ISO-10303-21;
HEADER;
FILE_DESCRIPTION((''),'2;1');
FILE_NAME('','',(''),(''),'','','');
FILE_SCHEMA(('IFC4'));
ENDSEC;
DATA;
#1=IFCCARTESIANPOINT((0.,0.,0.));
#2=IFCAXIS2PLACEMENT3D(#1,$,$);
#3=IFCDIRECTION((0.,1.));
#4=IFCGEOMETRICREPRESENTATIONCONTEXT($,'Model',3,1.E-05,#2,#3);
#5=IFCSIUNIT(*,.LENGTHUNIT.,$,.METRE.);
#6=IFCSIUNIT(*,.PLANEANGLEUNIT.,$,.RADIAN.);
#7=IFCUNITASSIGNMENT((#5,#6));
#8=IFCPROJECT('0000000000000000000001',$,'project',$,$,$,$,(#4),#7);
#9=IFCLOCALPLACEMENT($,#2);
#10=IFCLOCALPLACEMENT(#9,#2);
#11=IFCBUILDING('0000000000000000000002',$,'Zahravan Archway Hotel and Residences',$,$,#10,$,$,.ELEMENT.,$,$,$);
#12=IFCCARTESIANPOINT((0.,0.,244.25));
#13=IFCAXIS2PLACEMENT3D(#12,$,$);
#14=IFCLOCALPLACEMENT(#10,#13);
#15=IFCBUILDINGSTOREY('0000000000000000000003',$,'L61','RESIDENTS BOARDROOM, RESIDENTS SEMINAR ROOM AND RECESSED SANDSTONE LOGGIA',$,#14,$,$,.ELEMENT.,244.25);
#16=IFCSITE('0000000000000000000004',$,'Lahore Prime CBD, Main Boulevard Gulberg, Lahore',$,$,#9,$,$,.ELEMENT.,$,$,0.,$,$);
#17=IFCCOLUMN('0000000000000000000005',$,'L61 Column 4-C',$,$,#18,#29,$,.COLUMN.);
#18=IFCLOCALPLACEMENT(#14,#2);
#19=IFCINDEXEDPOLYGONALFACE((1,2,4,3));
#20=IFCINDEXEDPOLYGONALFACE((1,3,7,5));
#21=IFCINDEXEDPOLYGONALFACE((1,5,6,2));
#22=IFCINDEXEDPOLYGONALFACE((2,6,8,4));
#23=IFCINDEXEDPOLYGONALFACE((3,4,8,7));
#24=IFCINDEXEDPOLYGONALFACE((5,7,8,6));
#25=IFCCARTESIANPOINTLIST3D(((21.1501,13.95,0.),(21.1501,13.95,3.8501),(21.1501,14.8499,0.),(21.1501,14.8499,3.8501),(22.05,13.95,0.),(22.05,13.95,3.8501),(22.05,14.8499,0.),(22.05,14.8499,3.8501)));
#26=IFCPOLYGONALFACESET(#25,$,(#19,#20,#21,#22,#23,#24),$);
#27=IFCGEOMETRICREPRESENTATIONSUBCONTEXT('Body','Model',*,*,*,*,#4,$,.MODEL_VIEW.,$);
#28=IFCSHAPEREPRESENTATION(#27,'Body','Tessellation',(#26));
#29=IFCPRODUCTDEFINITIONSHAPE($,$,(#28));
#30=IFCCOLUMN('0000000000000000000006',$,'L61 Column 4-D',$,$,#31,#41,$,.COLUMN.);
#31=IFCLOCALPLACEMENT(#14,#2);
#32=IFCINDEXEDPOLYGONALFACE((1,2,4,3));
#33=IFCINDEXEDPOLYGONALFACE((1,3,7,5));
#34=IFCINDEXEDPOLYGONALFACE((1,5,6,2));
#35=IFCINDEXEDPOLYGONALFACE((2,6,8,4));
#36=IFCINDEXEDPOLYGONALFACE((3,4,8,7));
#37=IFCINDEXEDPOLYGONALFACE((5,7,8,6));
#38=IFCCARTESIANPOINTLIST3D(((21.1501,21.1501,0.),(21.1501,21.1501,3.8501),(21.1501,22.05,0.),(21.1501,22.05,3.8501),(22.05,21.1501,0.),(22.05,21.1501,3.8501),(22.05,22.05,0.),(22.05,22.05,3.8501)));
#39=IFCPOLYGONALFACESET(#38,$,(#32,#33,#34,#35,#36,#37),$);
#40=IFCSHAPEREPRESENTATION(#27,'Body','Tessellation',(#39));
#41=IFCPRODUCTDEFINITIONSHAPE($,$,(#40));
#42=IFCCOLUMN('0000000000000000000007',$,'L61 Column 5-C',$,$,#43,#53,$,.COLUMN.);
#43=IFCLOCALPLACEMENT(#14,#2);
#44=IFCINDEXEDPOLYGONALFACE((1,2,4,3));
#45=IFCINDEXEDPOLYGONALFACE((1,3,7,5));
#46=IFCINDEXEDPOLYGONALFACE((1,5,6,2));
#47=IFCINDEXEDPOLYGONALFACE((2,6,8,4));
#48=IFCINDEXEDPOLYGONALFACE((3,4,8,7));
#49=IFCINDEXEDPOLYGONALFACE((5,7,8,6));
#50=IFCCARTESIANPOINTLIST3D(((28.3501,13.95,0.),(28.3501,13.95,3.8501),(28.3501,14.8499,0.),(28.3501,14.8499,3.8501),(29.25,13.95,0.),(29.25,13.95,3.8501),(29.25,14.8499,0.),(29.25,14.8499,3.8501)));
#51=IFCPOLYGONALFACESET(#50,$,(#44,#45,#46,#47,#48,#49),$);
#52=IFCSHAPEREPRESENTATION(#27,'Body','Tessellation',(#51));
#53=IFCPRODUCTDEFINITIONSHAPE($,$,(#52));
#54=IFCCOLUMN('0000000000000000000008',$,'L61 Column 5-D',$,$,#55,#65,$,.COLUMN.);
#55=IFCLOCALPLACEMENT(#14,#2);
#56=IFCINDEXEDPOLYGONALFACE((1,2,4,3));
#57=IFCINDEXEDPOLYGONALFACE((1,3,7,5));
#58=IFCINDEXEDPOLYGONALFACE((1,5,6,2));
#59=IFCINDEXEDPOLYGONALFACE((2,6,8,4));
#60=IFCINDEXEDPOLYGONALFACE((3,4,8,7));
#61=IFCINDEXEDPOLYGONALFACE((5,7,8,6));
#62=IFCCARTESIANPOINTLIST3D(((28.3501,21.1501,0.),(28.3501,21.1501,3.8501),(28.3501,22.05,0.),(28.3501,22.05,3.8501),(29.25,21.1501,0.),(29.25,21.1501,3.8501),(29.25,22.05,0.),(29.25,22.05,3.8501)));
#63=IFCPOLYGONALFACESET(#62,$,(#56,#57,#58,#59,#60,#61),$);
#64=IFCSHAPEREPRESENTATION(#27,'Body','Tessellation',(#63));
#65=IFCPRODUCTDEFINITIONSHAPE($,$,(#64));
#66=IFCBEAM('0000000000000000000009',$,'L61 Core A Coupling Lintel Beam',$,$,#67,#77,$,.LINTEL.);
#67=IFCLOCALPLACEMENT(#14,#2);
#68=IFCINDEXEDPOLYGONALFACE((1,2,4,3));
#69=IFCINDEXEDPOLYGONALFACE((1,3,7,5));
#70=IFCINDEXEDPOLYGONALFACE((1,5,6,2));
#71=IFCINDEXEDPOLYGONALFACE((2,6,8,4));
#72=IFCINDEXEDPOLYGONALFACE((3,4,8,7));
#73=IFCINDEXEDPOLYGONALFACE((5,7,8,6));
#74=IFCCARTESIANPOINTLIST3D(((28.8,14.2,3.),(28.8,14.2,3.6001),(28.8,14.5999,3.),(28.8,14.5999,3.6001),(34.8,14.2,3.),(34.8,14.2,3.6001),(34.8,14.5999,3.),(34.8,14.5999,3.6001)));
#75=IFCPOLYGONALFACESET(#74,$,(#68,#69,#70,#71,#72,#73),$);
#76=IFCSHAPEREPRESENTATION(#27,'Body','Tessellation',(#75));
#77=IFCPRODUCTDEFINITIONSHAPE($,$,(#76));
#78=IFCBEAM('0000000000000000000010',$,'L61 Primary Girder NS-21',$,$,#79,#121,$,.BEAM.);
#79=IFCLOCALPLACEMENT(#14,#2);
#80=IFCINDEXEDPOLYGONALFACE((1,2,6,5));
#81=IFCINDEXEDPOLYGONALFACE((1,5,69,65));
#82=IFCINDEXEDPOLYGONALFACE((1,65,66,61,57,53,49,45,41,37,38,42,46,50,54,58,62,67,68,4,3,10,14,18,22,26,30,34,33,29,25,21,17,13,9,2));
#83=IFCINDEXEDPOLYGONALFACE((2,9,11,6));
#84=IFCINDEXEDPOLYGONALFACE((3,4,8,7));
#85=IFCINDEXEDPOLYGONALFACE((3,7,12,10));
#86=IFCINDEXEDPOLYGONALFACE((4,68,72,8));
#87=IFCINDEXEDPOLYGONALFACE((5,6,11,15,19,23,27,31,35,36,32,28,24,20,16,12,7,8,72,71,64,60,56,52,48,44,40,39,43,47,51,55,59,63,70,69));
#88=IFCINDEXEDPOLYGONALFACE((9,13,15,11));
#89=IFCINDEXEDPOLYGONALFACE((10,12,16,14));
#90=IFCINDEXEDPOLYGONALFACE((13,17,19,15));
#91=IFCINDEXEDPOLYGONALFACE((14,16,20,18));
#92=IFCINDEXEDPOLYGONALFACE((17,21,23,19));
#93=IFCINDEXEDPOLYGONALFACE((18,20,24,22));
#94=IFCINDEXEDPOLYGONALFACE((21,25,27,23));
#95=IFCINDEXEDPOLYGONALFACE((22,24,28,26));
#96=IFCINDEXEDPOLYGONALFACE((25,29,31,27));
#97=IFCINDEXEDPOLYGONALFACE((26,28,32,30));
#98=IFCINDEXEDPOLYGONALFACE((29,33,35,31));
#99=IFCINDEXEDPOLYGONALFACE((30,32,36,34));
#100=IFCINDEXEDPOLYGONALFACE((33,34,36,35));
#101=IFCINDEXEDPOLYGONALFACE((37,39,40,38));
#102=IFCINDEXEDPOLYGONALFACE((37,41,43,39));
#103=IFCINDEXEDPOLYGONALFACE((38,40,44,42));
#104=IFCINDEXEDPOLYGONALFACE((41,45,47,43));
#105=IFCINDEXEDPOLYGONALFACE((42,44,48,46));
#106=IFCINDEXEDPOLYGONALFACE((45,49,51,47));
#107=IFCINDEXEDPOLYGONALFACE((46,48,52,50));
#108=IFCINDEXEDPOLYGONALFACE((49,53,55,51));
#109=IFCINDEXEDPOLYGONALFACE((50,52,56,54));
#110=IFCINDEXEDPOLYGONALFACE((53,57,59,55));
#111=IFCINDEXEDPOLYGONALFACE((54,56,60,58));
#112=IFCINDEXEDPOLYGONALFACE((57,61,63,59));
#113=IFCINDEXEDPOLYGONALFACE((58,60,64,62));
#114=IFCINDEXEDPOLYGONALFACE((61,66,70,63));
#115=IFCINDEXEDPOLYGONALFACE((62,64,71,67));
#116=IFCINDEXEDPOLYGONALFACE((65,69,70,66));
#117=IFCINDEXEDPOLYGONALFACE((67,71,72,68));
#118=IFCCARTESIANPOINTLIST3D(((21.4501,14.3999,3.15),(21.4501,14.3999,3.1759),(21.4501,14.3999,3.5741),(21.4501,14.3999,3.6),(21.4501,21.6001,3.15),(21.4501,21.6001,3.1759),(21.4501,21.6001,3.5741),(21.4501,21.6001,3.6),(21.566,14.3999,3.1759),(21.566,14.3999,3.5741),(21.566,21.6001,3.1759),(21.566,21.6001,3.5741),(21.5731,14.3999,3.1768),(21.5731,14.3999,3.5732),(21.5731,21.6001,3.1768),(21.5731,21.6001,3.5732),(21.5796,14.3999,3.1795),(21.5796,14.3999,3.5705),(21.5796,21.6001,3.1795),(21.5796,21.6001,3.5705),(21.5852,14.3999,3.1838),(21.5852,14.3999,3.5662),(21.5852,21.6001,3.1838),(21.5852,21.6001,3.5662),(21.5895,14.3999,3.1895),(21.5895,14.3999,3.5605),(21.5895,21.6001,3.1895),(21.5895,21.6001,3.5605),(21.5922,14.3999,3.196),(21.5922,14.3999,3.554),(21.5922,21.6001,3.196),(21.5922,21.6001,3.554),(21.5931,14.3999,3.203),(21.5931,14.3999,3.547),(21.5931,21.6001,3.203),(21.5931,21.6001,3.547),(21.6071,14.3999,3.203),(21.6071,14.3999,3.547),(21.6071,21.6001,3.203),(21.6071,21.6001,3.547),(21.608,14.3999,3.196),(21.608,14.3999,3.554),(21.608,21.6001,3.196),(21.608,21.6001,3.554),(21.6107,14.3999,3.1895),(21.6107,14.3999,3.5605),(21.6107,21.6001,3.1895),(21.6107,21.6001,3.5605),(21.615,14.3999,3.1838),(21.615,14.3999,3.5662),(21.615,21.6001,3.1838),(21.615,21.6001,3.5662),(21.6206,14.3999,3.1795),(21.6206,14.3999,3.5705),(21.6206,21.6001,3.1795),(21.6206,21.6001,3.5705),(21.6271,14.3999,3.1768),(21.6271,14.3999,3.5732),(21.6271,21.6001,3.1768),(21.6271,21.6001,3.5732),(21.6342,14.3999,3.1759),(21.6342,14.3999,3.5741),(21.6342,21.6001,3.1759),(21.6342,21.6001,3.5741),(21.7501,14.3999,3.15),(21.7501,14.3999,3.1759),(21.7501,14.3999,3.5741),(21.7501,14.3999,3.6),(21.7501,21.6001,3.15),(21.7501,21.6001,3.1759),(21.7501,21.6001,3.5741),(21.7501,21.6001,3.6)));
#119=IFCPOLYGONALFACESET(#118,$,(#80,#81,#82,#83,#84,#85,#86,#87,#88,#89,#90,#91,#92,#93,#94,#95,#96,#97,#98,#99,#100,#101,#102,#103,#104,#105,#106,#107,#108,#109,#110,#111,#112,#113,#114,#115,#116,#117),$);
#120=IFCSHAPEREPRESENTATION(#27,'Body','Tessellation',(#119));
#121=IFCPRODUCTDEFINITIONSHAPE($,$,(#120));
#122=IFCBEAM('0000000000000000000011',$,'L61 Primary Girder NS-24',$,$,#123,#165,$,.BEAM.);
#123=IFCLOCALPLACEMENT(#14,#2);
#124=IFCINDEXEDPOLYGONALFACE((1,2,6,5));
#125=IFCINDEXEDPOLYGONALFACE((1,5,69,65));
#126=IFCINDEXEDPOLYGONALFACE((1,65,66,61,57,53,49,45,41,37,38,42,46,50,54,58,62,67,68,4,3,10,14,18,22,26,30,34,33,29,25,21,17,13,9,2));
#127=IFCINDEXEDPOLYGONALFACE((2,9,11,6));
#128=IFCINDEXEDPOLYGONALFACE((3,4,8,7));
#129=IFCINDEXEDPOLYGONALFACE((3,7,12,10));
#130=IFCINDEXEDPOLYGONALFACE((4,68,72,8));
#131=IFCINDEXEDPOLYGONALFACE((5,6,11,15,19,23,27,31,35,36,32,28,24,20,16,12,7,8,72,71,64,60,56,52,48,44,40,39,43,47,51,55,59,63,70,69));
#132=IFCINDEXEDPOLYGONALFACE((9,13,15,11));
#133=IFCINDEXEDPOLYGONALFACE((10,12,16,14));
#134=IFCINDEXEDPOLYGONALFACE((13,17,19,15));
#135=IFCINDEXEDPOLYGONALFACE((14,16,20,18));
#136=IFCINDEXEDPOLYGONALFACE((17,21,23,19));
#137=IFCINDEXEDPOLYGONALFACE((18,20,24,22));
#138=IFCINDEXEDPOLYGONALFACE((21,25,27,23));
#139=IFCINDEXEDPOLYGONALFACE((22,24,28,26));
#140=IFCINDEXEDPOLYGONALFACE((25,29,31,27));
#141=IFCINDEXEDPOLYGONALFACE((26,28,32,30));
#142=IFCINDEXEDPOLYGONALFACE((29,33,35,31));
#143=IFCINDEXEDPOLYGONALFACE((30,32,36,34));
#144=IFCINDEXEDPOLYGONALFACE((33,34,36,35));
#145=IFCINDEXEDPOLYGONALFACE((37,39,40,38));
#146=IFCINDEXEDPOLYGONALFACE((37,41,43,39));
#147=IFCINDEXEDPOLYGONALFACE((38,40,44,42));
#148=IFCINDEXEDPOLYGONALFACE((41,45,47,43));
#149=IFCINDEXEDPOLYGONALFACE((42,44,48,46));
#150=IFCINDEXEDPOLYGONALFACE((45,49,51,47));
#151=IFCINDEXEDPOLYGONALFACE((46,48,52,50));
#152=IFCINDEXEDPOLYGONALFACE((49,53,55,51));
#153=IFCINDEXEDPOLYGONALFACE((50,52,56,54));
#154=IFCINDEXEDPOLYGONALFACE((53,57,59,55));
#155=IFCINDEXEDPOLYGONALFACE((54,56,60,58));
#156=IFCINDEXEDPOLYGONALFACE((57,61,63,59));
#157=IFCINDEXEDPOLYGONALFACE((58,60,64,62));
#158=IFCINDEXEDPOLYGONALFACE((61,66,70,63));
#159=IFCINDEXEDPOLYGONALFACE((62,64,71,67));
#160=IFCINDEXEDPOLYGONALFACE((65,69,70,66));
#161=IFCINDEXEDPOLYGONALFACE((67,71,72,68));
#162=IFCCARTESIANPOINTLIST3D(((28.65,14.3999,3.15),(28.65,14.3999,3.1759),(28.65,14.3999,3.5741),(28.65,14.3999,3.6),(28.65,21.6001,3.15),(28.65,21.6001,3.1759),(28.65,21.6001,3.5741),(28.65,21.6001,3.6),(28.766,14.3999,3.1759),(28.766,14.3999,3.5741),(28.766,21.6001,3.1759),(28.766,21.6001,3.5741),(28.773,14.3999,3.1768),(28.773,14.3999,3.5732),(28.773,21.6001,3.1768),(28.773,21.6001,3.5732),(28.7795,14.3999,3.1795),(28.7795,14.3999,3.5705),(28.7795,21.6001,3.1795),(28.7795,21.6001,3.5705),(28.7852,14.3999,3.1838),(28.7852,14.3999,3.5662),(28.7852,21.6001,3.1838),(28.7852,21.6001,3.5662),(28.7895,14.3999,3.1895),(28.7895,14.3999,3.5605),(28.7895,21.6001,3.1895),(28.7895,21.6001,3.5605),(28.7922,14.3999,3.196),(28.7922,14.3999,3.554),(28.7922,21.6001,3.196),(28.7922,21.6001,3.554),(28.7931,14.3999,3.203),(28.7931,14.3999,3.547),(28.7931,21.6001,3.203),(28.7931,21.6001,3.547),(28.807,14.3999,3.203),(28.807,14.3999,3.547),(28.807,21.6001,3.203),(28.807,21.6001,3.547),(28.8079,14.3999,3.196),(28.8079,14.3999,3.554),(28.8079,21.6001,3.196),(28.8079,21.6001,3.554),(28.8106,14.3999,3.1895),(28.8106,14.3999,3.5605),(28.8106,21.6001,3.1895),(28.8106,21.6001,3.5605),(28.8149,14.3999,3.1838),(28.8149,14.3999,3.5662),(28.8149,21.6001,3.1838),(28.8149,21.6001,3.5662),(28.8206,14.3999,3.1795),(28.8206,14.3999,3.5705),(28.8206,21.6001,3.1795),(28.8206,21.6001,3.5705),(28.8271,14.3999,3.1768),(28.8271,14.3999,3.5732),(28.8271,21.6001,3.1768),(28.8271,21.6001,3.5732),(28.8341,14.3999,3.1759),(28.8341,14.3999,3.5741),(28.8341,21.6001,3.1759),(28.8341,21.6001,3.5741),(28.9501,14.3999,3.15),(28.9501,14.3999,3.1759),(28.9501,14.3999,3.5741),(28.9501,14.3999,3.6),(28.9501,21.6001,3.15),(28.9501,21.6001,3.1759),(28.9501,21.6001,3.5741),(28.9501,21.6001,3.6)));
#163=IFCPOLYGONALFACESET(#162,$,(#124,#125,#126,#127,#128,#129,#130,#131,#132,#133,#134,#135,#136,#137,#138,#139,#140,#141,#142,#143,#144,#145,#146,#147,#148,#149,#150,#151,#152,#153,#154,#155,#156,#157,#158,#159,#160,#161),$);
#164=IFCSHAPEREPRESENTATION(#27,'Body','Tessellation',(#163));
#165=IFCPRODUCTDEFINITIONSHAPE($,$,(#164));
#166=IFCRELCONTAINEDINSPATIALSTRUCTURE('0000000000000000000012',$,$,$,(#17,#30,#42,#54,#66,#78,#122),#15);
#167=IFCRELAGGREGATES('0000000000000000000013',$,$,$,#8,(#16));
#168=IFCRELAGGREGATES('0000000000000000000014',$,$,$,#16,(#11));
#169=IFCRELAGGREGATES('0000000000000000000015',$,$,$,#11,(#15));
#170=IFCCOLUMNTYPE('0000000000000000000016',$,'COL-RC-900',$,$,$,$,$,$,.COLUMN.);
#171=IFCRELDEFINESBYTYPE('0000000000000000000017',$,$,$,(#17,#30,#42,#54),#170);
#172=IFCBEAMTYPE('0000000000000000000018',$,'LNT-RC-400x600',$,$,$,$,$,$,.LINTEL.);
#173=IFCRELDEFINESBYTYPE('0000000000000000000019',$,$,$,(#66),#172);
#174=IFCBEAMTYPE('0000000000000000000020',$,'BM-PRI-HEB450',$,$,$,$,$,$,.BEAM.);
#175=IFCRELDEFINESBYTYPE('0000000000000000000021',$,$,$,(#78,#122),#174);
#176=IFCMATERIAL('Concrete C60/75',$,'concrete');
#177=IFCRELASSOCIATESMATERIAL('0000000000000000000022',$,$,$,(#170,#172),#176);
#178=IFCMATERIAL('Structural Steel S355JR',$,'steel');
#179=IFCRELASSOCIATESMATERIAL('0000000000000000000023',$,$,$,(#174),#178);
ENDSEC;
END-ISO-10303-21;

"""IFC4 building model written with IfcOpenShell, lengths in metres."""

from ifc_helpers import new_model, si_unit, direction, frame, origin, origin_2d, place, context, subcontext, project, spatial, rectangle, i_section, extrude, source, transform, mapped, material, material_profile, profile_set, type_object, type_shapes, element, save


model = new_model("IFC4")

# Units and contexts
model_context = context("Model", 3, precision=1e-05, world=origin(), true_north=direction((0.0, 1.0)))
body_context = subcontext(model_context, "Body", "Model", "MODEL_VIEW")
ifc_project = project(units=[si_unit("LENGTHUNIT", "METRE"), si_unit("PLANEANGLEUNIT", "RADIAN")], contexts=[model_context])

# Site, building, storey
site_placement = place(None, origin())
site = spatial("IfcSite", under=ifc_project, at=site_placement, Name="Lahore Prime CBD, Main Boulevard Gulberg, Lahore", CompositionType="ELEMENT", RefElevation=0.0)
building_placement = place(site_placement, origin())
building = spatial("IfcBuilding", under=site, at=building_placement, Name="Zahravan Archway Hotel and Residences", CompositionType="ELEMENT")
storey_placement = place(building_placement, frame((0.0, 0.0, 244.25)))
storey = spatial("IfcBuildingStorey", under=building, at=storey_placement, Name="L61", Description="RESIDENTS BOARDROOM, RESIDENTS SEMINAR ROOM AND RECESSED SANDSTONE LOGGIA", CompositionType="ELEMENT", Elevation=244.25)

# Columns
ifc_material_1 = material(Name="Concrete C60/75", Category="concrete")
ifc_material_profile_1 = material_profile(ifc_material_1, rectangle(XDim=0.8999, YDim=0.8999, at=origin_2d()), Name="RC-COL-900x900", Category="concrete")
ifc_profile_set_1 = profile_set([ifc_material_profile_1], Name="Concrete C60/75")
column_type = type_object("IfcColumnType", Name="COL-RC-900", PredefinedType="COLUMN", material=ifc_profile_set_1)
shared_shape_1 = source(origin(), body_context, "Body", "SweptSolid", [
    extrude(rectangle(XDim=0.8999, YDim=0.8999, at=origin_2d()), origin(), (0.0, 0.0, 1.0), 3.8501),
])
type_shapes(column_type, [shared_shape_1])
for number, where, z_axis, x_axis, name in (
    (1, (21.6001, 14.3999, 0.0), (0.0, 0.0, 1.0), (1.0, 0.0, 0.0), "L61 Column 4-C"),
    (2, (21.6001, 21.6001, 0.0), (0.0, 0.0, 1.0), (1.0, 0.0, 0.0), "L61 Column 4-D"),
    (3, (28.8, 14.3999, 0.0), (0.0, 0.0, 1.0), (1.0, 0.0, 0.0), "L61 Column 5-C"),
    (4, (28.8, 21.6001, 0.0), (0.0, 0.0, 1.0), (1.0, 0.0, 0.0), "L61 Column 5-D"),
):
    element("IfcColumn", number, at=place(storey_placement, frame(where, z_axis=z_axis, x_axis=x_axis)), inside=storey, type_object=column_type, Name=name, PredefinedType="COLUMN", context=body_context, shape_type="MappedRepresentation", body=[
        mapped(shared_shape_1, transform((0.0, 0.0, 0.0), scale=1.0)),
    ])

# Beams
ifc_material_profile_2 = material_profile(ifc_material_1, rectangle(XDim=0.3999, YDim=0.6001, at=origin_2d()), Name="RC-LNT-400x600", Category="concrete")
ifc_profile_set_2 = profile_set([ifc_material_profile_2], Name="Concrete C60/75")
beam_type_1 = type_object("IfcBeamType", Name="LNT-RC-400x600", PredefinedType="LINTEL", material=ifc_profile_set_2)
shared_shape_2 = source(origin(), body_context, "Body", "SweptSolid", [
    extrude(rectangle(XDim=0.3999, YDim=0.6001, at=origin_2d()), origin(), (0.0, 0.0, 1.0), 6.0),
])
type_shapes(beam_type_1, [shared_shape_2])
beam_1_placement = place(storey_placement, frame((28.8, 14.3999, 3.3), z_axis=(1.0, 0.0, 0.0), x_axis=(0.0, 1.0, 0.0)))
element("IfcBeam", 5, at=beam_1_placement, inside=storey, type_object=beam_type_1, Name="L61 Core A Coupling Lintel Beam", PredefinedType="LINTEL", context=body_context, shape_type="MappedRepresentation", body=[
    mapped(shared_shape_2, transform((0.0, 0.0, 0.0), scale=1.0)),
])
ifc_material_2 = material(Name="Structural Steel S355JR", Category="steel")
ifc_material_profile_3 = material_profile(ifc_material_2, i_section(OverallWidth=0.3, OverallDepth=0.45, WebThickness=0.0139, FlangeThickness=0.0259, FilletRadius=0.0271, at=origin_2d()), Name="HEB 450", Category="steel")
ifc_profile_set_3 = profile_set([ifc_material_profile_3], Name="Structural Steel S355JR")
beam_type_2 = type_object("IfcBeamType", Name="BM-PRI-HEB450", PredefinedType="BEAM", material=ifc_profile_set_3)
shared_shape_3 = source(origin(), body_context, "Body", "SweptSolid", [
    extrude(i_section(OverallWidth=0.3, OverallDepth=0.45, WebThickness=0.0139, FlangeThickness=0.0259, FilletRadius=0.0271, at=origin_2d()), origin(), (0.0, 0.0, 1.0), 7.2002),
])
type_shapes(beam_type_2, [shared_shape_3])
for number, where, z_axis, x_axis, name in (
    (6, (21.6001, 14.3999, 3.375), (0.0, 1.0, 0.0), (-1.0, 0.0, 0.0), "L61 Primary Girder NS-21"),
    (7, (28.8, 14.3999, 3.375), (0.0, 1.0, 0.0), (-1.0, 0.0, 0.0), "L61 Primary Girder NS-24"),
):
    element("IfcBeam", number, at=place(storey_placement, frame(where, z_axis=z_axis, x_axis=x_axis)), inside=storey, type_object=beam_type_2, Name=name, PredefinedType="BEAM", context=body_context, shape_type="MappedRepresentation", body=[
        mapped(shared_shape_3, transform((0.0, 0.0, 0.0), scale=1.0)),
    ])

save(model, "model.ifc")
